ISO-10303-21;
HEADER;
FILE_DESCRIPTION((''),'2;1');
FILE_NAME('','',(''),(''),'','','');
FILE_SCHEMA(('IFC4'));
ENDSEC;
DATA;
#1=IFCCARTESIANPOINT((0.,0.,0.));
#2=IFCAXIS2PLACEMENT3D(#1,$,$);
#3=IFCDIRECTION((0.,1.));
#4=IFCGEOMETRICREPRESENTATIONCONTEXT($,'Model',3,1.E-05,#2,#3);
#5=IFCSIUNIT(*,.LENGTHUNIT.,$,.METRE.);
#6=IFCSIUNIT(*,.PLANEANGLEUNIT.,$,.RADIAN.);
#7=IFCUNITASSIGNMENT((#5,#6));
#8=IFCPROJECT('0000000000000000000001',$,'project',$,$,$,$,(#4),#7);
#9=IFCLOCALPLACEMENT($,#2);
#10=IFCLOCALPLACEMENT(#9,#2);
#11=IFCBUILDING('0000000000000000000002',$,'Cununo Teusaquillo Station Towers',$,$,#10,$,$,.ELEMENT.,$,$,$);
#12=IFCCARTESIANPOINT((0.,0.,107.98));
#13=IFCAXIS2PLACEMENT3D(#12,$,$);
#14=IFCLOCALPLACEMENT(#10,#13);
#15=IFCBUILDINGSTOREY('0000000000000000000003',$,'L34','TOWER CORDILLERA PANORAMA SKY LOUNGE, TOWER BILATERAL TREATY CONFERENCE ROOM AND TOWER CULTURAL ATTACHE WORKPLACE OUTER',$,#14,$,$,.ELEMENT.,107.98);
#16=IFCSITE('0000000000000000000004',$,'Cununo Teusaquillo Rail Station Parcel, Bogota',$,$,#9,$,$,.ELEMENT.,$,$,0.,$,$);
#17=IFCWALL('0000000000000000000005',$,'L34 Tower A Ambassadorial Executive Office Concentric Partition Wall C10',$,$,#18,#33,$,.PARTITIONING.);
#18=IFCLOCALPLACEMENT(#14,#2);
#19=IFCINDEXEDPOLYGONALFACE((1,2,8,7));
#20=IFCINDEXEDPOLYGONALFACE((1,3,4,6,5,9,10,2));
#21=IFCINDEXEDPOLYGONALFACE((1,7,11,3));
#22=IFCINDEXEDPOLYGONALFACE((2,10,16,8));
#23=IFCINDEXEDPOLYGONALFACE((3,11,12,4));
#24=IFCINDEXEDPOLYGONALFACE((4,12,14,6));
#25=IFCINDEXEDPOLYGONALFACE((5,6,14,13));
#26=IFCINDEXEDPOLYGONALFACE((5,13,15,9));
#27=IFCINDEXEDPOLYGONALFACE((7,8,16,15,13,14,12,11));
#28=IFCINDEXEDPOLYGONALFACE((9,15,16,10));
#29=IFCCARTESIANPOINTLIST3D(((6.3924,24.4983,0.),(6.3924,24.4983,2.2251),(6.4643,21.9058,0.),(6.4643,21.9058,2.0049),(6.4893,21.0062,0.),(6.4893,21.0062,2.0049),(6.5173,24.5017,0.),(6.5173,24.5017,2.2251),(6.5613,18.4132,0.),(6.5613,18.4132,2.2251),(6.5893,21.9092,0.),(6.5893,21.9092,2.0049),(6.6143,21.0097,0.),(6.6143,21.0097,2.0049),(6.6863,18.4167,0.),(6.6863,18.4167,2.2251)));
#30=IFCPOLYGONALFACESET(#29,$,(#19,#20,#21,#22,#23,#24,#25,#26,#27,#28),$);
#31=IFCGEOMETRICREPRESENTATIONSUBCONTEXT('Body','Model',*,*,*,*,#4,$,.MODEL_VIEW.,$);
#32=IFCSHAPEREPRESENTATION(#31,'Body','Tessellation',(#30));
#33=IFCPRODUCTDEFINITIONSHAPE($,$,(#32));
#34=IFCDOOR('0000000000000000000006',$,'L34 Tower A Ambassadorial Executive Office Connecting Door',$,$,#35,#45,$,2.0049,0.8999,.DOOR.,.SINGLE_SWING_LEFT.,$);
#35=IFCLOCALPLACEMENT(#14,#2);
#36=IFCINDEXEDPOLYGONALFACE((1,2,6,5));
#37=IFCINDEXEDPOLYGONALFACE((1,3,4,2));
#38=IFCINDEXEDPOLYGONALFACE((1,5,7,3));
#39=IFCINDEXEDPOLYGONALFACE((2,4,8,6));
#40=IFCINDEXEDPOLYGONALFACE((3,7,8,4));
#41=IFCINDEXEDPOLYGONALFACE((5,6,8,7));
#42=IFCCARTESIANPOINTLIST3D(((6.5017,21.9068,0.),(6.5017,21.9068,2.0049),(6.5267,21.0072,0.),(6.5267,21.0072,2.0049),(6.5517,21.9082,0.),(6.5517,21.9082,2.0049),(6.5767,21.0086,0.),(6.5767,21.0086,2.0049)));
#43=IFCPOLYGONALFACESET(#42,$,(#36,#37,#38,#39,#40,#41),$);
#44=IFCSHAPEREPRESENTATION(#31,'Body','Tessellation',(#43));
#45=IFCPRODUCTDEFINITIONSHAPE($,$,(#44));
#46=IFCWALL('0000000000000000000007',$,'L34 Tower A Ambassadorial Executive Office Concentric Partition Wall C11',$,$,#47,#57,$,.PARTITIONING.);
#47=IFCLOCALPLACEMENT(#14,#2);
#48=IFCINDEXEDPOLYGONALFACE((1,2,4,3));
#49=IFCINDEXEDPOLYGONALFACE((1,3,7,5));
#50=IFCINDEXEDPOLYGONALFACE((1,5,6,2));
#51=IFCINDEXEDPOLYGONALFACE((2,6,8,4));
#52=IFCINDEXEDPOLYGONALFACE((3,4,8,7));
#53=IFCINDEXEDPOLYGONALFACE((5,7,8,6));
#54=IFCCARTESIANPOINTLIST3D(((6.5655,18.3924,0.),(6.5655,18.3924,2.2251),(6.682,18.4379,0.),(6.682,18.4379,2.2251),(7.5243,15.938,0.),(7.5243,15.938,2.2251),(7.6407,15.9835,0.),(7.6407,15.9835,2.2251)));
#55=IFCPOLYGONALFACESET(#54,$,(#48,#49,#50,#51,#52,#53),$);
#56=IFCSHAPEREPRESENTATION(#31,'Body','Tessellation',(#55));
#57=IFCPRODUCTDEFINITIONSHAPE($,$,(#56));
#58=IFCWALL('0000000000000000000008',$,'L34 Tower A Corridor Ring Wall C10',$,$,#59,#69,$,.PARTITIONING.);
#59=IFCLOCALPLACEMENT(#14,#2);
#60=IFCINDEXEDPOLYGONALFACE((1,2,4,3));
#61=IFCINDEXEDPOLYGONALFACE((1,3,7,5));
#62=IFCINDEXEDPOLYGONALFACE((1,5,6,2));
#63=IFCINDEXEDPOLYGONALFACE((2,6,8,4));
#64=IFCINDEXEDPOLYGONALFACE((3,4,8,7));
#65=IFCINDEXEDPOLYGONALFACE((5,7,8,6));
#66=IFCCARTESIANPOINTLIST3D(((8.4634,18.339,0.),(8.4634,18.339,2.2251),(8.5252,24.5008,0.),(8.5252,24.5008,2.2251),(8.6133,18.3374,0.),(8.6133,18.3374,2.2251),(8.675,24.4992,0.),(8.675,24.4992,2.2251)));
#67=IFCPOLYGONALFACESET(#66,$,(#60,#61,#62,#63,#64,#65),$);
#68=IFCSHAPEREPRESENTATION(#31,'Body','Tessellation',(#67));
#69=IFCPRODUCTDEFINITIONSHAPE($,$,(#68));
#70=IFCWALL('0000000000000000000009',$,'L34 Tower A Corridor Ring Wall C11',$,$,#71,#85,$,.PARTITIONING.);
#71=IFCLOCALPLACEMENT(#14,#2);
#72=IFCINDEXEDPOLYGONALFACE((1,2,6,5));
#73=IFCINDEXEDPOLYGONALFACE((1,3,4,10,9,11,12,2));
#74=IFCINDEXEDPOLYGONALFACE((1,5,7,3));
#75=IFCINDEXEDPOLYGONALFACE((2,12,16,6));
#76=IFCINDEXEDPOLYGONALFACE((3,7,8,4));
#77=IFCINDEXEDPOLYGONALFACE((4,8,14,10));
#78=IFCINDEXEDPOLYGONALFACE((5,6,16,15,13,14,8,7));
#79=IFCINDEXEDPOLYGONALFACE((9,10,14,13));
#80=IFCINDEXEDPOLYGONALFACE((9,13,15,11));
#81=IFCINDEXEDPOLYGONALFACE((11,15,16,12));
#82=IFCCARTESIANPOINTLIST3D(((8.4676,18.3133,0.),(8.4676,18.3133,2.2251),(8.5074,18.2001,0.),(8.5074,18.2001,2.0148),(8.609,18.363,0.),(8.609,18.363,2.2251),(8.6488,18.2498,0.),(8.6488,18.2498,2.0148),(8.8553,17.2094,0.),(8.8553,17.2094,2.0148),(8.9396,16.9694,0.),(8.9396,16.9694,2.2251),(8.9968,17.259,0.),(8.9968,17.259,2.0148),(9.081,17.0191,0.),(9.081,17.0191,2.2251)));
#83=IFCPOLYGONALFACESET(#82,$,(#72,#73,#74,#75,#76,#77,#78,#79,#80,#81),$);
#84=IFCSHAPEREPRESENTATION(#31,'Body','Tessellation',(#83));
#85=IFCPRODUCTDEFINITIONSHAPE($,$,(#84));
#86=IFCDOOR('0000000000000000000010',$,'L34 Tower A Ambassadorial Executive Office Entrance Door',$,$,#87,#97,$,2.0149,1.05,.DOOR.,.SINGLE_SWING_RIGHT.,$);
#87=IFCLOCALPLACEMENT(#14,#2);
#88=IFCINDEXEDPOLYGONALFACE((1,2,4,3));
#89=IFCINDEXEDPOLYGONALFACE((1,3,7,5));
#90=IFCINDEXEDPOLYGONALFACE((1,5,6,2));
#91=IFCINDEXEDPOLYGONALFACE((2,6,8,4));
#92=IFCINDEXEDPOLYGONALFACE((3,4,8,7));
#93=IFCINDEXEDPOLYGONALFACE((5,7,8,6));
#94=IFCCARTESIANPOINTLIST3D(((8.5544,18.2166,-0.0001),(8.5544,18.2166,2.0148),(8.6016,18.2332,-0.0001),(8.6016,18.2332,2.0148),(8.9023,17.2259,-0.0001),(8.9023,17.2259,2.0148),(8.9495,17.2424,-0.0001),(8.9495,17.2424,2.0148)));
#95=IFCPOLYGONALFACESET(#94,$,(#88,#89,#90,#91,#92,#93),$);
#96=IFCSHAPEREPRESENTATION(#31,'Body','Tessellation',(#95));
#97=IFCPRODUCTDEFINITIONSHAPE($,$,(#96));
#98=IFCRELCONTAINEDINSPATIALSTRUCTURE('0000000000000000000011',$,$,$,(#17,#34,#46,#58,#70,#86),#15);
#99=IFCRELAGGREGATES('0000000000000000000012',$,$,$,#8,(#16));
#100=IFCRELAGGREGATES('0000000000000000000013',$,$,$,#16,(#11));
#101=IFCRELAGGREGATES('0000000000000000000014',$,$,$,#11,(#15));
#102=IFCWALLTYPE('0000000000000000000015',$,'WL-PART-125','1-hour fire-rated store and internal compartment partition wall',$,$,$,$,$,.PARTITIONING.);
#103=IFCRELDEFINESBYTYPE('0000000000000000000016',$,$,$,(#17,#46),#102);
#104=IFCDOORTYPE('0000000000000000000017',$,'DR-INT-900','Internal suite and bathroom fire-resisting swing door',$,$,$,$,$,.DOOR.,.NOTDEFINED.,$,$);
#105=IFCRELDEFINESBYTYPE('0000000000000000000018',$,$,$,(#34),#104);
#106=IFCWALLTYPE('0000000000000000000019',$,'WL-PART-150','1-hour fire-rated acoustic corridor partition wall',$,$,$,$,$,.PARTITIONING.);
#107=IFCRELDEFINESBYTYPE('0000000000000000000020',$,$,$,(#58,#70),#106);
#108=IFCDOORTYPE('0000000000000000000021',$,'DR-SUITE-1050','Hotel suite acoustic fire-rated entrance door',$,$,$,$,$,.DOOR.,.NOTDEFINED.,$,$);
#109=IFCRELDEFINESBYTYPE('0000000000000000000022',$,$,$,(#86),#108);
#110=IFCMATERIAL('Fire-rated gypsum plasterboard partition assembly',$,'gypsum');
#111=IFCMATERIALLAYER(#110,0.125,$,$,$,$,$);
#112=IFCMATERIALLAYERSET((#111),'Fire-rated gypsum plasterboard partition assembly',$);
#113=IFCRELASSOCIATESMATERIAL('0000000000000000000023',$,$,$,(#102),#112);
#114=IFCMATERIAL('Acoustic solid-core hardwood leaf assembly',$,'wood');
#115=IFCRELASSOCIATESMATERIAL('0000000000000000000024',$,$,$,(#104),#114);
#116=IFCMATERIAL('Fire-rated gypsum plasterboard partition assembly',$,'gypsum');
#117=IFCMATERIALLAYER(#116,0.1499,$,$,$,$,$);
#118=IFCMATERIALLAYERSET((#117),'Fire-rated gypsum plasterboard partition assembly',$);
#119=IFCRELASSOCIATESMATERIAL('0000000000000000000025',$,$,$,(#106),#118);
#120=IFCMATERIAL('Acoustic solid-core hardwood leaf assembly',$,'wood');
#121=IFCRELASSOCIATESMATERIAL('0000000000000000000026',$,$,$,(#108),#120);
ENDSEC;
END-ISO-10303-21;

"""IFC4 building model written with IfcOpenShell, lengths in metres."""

from ifc_helpers import new_model, si_unit, direction, frame, frame_2d, origin, place, context, subcontext, project, spatial, rectangle, extrude, source, transform, mapped, material, layer, layer_set, type_object, element, fill, save


model = new_model("IFC4")

# Units and contexts
model_context = context("Model", 3, precision=1e-05, world=origin(), true_north=direction((0.0, 1.0)))
body_context = subcontext(model_context, "Body", "Model", "MODEL_VIEW")
ifc_project = project(units=[si_unit("LENGTHUNIT", "METRE"), si_unit("PLANEANGLEUNIT", "RADIAN")], contexts=[model_context])

# Site, building, storey
site_placement = place(None, origin())
site = spatial("IfcSite", under=ifc_project, at=site_placement, Name="Cununo Teusaquillo Rail Station Parcel, Bogota", CompositionType="ELEMENT", RefElevation=0.0)
building_placement = place(site_placement, origin())
building = spatial("IfcBuilding", under=site, at=building_placement, Name="Cununo Teusaquillo Station Towers", CompositionType="ELEMENT")
storey_placement = place(building_placement, frame((0.0, 0.0, 107.98)))
storey = spatial("IfcBuildingStorey", under=building, at=storey_placement, Name="L34", Description="TOWER CORDILLERA PANORAMA SKY LOUNGE, TOWER BILATERAL TREATY CONFERENCE ROOM AND TOWER CULTURAL ATTACHE WORKPLACE OUTER", CompositionType="ELEMENT", Elevation=107.98)

# Wall, opening, door
ifc_material_1 = material(Name="Fire-rated gypsum plasterboard partition assembly", Category="gypsum")
ifc_layer_1 = layer(ifc_material_1, 0.125)
ifc_layer_set_1 = layer_set([ifc_layer_1], Name="Fire-rated gypsum plasterboard partition assembly")
wall_type_1 = type_object("IfcWallType", Name="WL-PART-125", Description="1-hour fire-rated store and internal compartment partition wall", PredefinedType="PARTITIONING", material=ifc_layer_set_1)
wall_1_placement = place(storey_placement, frame((6.4548, 24.5, 0.0), z_axis=(0.0, 0.0, 1.0), x_axis=(0.027754, -0.999615, 0.0)))
wall_1 = element("IfcWall", 1, at=wall_1_placement, inside=storey, type_object=wall_type_1, Name="L34 Tower A Ambassadorial Executive Office Concentric Partition Wall C10", PredefinedType="PARTITIONING", context=body_context, shape_type="SweptSolid", body=[
    extrude(rectangle(XDim=6.0874, YDim=0.125, at=frame_2d((3.0437, 0.0))), origin(), (0.0, 0.0, 1.0), 2.2251),
])
shared_shape_1 = source(origin(), body_context, "Body", "SweptSolid", [
    extrude(rectangle(XDim=0.8999, YDim=2.0049, at=frame_2d((0.45, 1.0024))), frame((0.0, 0.0725, 0.0), z_axis=(0.0, -1.0, 0.0), x_axis=(1.0, 0.0, 0.0)), (0.0, 0.0, 1.0), 0.145),
])
opening_1_placement = place(wall_1_placement, frame((2.5935, 0.0, 0.0)))
opening_1 = element("IfcOpeningElement", 2, at=opening_1_placement, cuts=wall_1, PredefinedType="OPENING", context=body_context, shape_type="MappedRepresentation", body=[
    mapped(shared_shape_1, transform((0.0, 0.0, 0.0), x_axis=(1.0, 0.0, 0.0), y_axis=(0.0, 1.0, 0.0), z_axis=(0.0, 0.0, 1.0), scale=1.0)),
])
ifc_material_2 = material(Name="Acoustic solid-core hardwood leaf assembly", Category="wood")
door_type_1 = type_object("IfcDoorType", Name="DR-INT-900", Description="Internal suite and bathroom fire-resisting swing door", OperationType="NOTDEFINED", PredefinedType="DOOR", material=ifc_material_2)
shared_shape_2 = source(origin(), body_context, "Body", "SweptSolid", [
    extrude(rectangle(XDim=0.8999, YDim=2.0049, at=frame_2d((0.45, 1.0024))), frame((0.0, 0.0249, 0.0), z_axis=(0.0, -1.0, 0.0), x_axis=(1.0, 0.0, 0.0)), (0.0, 0.0, 1.0), 0.05),
])
door_1_placement = place(opening_1_placement, origin())
door_1 = element("IfcDoor", 3, at=door_1_placement, inside=storey, type_object=door_type_1, Name="L34 Tower A Ambassadorial Executive Office Connecting Door", OperationType="SINGLE_SWING_LEFT", OverallHeight=2.0049, OverallWidth=0.8999, PredefinedType="DOOR", context=body_context, shape_type="MappedRepresentation", body=[
    mapped(shared_shape_2, transform((0.0, 0.0, 0.0), x_axis=(1.0, 0.0, 0.0), y_axis=(0.0, 1.0, 0.0), z_axis=(0.0, 0.0, 1.0), scale=1.0)),
])
fill(opening_1, door_1)

# Walls
wall_2_placement = place(storey_placement, frame((6.6238, 18.415, 0.0), z_axis=(0.0, 0.0, 1.0), x_axis=(0.363854, -0.931456, 0.0)))
element("IfcWall", 4, at=wall_2_placement, inside=storey, type_object=wall_type_1, Name="L34 Tower A Ambassadorial Executive Office Concentric Partition Wall C11", PredefinedType="PARTITIONING", context=body_context, shape_type="SweptSolid", body=[
    extrude(rectangle(XDim=2.635, YDim=0.125, at=frame_2d((1.3174, 0.0))), origin(), (0.0, 0.0, 1.0), 2.2251),
])
ifc_material_3 = material(Name="Fire-rated gypsum plasterboard partition assembly", Category="gypsum")
ifc_layer_2 = layer(ifc_material_3, 0.1499)
ifc_layer_set_2 = layer_set([ifc_layer_2], Name="Fire-rated gypsum plasterboard partition assembly")
wall_type_2 = type_object("IfcWallType", Name="WL-PART-150", Description="1-hour fire-rated acoustic corridor partition wall", PredefinedType="PARTITIONING", material=ifc_layer_set_2)
wall_3_placement = place(storey_placement, frame((8.6001, 24.5, 0.0), z_axis=(0.0, 0.0, 1.0), x_axis=(-0.010024, -0.99995, 0.0)))
element("IfcWall", 5, at=wall_3_placement, inside=storey, type_object=wall_type_2, Name="L34 Tower A Corridor Ring Wall C10", PredefinedType="PARTITIONING", context=body_context, shape_type="SweptSolid", body=[
    extrude(rectangle(XDim=6.1621, YDim=0.1499, at=frame_2d((3.0811, 0.0))), origin(), (0.0, 0.0, 1.0), 2.2251),
])

# Wall, opening, door
wall_4_placement = place(storey_placement, frame((8.5383, 18.3381, 0.0), z_axis=(0.0, 0.0, 1.0), x_axis=(0.331358, -0.943505, 0.0)))
wall_4 = element("IfcWall", 6, at=wall_4_placement, inside=storey, type_object=wall_type_2, Name="L34 Tower A Corridor Ring Wall C11", PredefinedType="PARTITIONING", context=body_context, shape_type="SweptSolid", body=[
    extrude(rectangle(XDim=1.4243, YDim=0.1499, at=frame_2d((0.7122, 0.0))), origin(), (0.0, 0.0, 1.0), 2.2251),
])
shared_shape_3 = source(origin(), body_context, "Body", "SweptSolid", [
    extrude(rectangle(XDim=1.05, YDim=2.0149, at=frame_2d((0.5249, 1.0073))), frame((0.0, 0.085, 0.0), z_axis=(0.0, -1.0, 0.0), x_axis=(1.0, 0.0, 0.0)), (0.0, 0.0, 1.0), 0.1699),
])
opening_2_placement = place(wall_4_placement, frame((0.1201, 0.0, 0.0)))
opening_2 = element("IfcOpeningElement", 7, at=opening_2_placement, cuts=wall_4, PredefinedType="OPENING", context=body_context, shape_type="MappedRepresentation", body=[
    mapped(shared_shape_3, transform((0.0, 0.0, 0.0), x_axis=(1.0, 0.0, 0.0), y_axis=(0.0, 1.0, 0.0), z_axis=(0.0, 0.0, 1.0), scale=1.0)),
])
ifc_material_4 = material(Name="Acoustic solid-core hardwood leaf assembly", Category="wood")
door_type_2 = type_object("IfcDoorType", Name="DR-SUITE-1050", Description="Hotel suite acoustic fire-rated entrance door", OperationType="NOTDEFINED", PredefinedType="DOOR", material=ifc_material_4)
shared_shape_4 = source(origin(), body_context, "Body", "SweptSolid", [
    extrude(rectangle(XDim=1.05, YDim=2.0149, at=frame_2d((0.5249, 1.0073))), frame((0.0, 0.0249, 0.0), z_axis=(0.0, -1.0, 0.0), x_axis=(1.0, 0.0, 0.0)), (0.0, 0.0, 1.0), 0.05),
])
door_2_placement = place(opening_2_placement, origin())
door_2 = element("IfcDoor", 8, at=door_2_placement, inside=storey, type_object=door_type_2, Name="L34 Tower A Ambassadorial Executive Office Entrance Door", OperationType="SINGLE_SWING_RIGHT", OverallHeight=2.0149, OverallWidth=1.05, PredefinedType="DOOR", context=body_context, shape_type="MappedRepresentation", body=[
    mapped(shared_shape_4, transform((0.0, 0.0, 0.0), x_axis=(1.0, 0.0, 0.0), y_axis=(0.0, 1.0, 0.0), z_axis=(0.0, 0.0, 1.0), scale=1.0)),
])
fill(opening_2, door_2)

save(model, "model.ifc")
